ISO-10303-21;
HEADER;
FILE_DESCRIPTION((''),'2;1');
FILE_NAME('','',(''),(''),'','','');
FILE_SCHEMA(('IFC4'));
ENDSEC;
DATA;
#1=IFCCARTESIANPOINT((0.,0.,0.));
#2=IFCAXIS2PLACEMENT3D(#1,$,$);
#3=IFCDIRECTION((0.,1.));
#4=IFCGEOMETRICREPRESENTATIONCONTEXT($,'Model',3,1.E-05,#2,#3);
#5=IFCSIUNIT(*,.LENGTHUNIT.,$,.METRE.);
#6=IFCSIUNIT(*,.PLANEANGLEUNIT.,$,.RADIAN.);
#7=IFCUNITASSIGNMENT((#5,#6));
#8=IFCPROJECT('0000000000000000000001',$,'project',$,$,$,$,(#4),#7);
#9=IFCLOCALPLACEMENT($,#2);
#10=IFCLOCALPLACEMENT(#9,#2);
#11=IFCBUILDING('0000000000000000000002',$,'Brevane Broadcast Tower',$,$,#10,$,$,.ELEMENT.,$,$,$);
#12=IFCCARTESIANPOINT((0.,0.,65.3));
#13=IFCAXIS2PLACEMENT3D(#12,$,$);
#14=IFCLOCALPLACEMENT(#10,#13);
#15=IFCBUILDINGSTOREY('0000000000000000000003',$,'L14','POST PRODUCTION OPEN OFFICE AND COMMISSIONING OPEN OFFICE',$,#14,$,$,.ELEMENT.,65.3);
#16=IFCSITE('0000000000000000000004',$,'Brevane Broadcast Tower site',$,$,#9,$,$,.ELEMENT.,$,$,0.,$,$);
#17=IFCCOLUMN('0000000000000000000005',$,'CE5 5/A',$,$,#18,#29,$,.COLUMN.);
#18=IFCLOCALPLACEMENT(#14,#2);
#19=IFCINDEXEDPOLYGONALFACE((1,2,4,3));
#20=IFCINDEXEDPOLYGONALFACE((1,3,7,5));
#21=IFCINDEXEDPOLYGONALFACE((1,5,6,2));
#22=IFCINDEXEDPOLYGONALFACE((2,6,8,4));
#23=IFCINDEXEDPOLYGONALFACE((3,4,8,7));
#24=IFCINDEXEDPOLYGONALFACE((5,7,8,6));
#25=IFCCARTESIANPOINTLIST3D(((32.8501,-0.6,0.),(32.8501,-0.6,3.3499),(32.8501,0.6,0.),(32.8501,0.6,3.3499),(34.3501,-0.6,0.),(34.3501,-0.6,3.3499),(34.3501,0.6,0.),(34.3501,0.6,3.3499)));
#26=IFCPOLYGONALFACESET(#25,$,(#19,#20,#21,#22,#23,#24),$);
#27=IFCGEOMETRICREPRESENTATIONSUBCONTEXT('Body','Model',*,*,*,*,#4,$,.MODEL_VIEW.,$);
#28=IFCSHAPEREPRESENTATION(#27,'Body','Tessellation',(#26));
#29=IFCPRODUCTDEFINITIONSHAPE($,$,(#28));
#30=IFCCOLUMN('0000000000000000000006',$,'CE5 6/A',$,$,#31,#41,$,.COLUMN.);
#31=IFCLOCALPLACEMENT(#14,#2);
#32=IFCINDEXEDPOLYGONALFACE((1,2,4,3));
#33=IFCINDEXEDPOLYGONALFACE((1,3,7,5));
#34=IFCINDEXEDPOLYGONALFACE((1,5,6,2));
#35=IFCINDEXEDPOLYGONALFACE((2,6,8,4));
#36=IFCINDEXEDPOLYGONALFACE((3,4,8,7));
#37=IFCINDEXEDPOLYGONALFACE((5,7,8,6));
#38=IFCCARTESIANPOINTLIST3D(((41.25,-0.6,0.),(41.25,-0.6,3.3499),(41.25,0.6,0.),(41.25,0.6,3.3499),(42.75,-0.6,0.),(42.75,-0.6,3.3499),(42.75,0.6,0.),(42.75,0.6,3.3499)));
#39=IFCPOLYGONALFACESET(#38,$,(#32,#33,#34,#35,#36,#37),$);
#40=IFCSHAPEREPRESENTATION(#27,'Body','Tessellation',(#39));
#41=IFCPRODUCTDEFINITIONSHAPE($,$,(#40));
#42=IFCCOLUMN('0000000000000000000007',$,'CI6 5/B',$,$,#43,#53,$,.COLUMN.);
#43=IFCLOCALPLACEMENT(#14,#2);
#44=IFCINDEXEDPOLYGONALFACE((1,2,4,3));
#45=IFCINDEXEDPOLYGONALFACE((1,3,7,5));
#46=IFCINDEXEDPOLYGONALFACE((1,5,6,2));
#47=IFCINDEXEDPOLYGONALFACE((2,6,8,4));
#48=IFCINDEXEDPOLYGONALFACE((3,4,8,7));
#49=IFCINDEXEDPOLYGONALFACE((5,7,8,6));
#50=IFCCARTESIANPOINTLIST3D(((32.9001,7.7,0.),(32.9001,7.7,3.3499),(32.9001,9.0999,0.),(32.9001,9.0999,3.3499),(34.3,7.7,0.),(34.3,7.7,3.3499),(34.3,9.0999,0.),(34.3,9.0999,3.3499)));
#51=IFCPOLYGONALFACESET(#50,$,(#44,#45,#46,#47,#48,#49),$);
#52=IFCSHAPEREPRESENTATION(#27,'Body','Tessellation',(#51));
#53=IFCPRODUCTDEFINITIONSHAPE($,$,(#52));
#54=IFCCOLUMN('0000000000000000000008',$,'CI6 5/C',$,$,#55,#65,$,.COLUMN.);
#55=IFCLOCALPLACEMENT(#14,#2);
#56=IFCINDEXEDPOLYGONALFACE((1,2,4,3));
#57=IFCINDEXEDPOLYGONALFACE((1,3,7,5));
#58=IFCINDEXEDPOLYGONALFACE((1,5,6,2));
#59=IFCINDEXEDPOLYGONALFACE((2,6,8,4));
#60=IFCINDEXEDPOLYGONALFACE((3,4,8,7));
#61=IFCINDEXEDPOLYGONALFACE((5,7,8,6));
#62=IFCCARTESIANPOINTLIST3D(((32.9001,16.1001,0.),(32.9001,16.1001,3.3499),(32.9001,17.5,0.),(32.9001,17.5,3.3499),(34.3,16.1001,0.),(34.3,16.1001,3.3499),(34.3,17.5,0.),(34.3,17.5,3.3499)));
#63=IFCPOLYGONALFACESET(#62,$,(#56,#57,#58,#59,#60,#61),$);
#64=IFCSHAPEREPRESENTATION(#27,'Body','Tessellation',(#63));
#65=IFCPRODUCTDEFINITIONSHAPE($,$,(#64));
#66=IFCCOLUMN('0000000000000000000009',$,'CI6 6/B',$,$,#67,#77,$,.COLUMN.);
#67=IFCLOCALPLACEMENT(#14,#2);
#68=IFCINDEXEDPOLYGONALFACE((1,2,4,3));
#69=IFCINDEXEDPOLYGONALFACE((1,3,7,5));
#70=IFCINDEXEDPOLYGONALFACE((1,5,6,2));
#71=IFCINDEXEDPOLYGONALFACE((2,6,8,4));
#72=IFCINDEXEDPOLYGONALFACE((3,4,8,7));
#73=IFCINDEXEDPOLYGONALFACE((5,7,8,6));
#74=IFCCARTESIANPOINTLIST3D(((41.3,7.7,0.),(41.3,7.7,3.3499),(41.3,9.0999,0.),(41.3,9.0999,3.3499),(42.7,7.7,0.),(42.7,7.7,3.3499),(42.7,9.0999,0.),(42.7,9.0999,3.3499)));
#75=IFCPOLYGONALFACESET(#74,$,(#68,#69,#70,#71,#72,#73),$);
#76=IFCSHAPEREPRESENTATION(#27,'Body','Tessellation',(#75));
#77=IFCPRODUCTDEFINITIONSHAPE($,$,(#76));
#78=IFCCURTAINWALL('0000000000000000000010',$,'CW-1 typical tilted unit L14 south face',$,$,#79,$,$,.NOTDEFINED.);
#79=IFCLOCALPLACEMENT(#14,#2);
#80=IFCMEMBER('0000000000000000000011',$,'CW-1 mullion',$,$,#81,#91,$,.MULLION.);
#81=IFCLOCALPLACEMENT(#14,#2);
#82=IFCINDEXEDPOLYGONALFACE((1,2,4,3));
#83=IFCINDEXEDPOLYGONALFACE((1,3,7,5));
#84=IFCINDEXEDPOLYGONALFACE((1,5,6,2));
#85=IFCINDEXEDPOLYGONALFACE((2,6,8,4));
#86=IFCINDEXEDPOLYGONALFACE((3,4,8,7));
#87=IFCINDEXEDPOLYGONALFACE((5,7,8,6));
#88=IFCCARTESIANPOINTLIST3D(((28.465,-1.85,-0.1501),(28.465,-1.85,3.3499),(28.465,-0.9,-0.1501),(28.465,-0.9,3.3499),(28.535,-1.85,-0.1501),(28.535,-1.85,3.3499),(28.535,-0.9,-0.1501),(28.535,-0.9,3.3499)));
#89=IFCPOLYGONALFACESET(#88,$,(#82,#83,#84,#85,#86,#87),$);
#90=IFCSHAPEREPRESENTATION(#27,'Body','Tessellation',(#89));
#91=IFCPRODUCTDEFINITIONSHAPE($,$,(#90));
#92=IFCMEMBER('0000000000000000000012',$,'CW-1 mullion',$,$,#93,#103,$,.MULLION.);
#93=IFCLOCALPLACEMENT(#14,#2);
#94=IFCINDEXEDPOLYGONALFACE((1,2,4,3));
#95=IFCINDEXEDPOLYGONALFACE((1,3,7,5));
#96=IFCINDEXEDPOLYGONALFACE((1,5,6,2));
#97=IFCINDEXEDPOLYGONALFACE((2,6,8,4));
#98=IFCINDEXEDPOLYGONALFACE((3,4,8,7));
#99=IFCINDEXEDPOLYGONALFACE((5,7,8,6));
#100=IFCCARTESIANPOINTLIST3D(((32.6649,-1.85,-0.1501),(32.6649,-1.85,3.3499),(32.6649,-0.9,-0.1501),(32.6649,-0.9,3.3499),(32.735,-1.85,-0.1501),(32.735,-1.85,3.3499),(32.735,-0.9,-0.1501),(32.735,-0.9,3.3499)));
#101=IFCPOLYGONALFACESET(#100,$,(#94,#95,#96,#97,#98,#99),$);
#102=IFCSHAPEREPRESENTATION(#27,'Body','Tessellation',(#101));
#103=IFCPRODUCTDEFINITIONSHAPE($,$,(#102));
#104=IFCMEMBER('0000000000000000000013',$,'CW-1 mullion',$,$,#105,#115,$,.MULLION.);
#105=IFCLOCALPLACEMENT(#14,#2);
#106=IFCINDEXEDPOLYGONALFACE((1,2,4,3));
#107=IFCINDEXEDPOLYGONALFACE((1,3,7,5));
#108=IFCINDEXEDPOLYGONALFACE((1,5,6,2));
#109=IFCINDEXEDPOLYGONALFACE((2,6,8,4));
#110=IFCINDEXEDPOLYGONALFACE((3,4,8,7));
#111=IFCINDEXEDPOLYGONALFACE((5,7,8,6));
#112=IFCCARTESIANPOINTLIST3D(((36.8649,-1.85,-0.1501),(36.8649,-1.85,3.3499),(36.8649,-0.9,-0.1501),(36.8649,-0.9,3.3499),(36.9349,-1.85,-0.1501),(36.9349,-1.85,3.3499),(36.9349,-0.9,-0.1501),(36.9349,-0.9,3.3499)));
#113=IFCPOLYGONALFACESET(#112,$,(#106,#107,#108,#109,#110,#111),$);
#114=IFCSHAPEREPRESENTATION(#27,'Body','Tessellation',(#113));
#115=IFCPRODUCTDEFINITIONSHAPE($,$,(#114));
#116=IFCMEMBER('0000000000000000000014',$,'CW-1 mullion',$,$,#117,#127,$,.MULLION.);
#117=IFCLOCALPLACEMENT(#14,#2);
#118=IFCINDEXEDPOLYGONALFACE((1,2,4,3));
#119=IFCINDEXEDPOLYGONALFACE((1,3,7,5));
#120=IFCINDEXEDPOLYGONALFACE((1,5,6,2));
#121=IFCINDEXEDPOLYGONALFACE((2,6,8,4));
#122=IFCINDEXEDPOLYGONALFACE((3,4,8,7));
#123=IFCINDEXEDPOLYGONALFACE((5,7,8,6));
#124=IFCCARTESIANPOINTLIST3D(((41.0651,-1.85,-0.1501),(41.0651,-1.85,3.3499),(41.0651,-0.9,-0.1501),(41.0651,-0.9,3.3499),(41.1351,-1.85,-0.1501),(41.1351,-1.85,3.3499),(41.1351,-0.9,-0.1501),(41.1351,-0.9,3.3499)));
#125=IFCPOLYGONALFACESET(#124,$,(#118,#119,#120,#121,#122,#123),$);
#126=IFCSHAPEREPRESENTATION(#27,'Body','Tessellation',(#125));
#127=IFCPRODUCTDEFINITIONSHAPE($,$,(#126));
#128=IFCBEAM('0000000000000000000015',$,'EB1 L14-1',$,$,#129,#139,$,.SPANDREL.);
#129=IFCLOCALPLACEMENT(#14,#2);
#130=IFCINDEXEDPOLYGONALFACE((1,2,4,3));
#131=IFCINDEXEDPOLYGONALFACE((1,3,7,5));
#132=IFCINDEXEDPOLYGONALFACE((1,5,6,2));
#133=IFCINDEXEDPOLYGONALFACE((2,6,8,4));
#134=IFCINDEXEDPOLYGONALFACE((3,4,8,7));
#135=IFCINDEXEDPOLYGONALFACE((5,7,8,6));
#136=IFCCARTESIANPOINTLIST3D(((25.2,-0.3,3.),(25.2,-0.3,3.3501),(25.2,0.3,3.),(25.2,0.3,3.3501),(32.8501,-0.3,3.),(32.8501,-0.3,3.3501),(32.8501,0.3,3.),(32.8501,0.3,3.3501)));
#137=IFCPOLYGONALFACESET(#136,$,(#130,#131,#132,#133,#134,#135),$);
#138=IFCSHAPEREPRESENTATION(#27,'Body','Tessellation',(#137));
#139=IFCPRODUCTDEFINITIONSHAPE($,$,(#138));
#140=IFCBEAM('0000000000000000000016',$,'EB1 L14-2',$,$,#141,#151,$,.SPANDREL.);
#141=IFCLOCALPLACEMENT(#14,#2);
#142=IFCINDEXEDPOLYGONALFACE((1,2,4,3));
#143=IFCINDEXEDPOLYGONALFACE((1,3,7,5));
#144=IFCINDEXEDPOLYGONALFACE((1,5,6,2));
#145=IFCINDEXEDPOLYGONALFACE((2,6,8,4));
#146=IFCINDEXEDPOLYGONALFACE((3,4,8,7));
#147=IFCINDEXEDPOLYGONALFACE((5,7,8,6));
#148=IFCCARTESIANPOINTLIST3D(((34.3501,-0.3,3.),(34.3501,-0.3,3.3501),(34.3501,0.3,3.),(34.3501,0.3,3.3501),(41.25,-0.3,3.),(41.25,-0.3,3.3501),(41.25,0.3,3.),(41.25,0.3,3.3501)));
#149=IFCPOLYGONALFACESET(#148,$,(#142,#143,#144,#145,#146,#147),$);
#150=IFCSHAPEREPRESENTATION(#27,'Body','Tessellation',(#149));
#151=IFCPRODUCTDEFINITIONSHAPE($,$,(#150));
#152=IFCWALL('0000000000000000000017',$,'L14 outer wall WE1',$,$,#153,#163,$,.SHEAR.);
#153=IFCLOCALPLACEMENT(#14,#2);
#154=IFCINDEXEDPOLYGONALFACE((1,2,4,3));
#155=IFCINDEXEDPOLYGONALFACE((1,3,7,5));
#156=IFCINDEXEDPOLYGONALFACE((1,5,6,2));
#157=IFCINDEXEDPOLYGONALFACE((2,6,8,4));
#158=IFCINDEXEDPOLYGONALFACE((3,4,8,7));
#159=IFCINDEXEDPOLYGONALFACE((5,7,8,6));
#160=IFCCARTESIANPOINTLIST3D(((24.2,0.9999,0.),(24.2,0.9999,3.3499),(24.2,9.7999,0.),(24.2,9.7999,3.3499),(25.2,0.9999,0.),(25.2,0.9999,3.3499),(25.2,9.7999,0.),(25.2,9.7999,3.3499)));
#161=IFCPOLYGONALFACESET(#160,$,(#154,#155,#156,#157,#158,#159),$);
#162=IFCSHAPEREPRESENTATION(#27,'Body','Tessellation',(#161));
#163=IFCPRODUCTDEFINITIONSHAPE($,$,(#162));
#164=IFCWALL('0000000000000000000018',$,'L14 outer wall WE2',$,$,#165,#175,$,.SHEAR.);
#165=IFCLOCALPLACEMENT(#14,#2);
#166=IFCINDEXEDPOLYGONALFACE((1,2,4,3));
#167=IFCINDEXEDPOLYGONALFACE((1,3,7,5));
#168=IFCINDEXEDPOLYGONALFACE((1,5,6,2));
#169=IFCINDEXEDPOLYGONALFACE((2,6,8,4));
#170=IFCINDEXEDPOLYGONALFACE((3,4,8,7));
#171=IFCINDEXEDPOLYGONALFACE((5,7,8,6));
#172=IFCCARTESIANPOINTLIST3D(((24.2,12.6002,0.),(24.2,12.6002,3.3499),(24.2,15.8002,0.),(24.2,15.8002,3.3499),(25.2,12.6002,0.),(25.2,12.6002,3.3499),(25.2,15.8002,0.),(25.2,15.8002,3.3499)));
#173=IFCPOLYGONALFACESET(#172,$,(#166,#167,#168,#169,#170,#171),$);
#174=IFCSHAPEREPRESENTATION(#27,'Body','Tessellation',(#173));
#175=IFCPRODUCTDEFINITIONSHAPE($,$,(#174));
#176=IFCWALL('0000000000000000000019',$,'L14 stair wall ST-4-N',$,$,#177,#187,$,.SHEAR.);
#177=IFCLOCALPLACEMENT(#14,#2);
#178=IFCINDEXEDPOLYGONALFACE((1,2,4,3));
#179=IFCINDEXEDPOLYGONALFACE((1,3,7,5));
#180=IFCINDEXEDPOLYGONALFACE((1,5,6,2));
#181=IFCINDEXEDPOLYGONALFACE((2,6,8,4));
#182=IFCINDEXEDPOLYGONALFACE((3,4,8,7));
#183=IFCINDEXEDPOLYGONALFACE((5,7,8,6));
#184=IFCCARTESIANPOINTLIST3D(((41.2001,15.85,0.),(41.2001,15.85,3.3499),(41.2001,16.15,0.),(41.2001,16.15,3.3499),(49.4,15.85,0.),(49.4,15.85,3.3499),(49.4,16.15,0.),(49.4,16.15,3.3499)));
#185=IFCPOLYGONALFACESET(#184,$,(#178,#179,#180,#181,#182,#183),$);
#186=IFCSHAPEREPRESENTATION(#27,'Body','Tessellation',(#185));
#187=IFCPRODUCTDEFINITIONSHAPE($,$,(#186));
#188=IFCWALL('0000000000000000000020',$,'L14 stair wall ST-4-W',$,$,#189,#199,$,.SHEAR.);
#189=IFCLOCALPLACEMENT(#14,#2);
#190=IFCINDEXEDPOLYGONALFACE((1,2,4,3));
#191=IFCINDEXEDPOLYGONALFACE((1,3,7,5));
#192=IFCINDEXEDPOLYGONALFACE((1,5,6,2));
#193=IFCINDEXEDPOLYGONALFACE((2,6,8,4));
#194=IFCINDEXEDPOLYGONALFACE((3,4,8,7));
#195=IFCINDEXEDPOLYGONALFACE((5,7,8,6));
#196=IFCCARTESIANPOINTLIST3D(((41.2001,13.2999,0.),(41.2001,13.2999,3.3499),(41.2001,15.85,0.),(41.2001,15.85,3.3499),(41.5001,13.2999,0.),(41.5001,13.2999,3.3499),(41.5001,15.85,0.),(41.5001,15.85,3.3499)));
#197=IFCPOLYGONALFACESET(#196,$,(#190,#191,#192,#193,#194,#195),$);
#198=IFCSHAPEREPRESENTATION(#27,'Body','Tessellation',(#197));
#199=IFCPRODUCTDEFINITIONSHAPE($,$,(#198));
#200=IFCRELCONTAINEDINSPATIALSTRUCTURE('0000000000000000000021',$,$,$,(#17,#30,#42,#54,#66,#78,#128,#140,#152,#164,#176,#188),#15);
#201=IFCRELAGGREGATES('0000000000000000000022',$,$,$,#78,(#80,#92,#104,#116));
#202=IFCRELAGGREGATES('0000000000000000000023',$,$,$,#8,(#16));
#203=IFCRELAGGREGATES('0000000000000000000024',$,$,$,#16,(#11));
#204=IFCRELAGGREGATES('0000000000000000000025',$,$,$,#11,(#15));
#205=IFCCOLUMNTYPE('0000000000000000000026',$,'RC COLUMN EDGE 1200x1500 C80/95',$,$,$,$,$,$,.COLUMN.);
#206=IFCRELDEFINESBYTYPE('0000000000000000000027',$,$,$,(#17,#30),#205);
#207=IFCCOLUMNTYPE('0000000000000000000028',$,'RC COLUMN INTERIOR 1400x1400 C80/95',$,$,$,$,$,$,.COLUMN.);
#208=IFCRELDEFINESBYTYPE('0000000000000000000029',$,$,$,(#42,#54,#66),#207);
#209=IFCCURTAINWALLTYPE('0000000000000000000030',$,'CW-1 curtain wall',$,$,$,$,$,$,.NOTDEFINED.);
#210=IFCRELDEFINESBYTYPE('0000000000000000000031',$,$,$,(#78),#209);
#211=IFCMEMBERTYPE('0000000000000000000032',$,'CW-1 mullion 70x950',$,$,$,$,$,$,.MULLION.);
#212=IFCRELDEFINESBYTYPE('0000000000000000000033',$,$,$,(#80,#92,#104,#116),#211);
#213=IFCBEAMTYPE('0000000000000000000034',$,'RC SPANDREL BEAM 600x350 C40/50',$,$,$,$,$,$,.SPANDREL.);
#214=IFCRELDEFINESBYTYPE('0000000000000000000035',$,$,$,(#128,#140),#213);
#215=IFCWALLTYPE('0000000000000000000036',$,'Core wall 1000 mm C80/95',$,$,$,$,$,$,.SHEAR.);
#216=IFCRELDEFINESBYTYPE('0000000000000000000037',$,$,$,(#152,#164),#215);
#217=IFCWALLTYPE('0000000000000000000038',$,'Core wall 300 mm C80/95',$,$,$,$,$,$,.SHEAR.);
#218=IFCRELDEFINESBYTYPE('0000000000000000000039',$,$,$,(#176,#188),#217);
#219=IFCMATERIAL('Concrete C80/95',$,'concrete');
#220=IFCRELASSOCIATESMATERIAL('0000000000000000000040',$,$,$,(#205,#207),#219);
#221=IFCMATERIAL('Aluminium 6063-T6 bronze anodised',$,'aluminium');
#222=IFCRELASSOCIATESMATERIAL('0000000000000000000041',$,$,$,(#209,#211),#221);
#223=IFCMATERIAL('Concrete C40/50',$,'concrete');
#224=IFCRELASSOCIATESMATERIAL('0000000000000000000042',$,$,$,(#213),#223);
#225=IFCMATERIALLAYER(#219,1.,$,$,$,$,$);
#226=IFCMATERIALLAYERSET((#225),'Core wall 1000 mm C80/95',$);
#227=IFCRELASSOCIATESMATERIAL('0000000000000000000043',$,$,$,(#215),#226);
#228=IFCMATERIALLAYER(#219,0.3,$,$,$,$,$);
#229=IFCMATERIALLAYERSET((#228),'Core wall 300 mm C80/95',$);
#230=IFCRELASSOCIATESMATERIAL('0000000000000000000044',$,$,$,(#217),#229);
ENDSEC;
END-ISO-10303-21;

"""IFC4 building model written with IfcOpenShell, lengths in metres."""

from ifc_helpers import new_model, si_unit, direction, frame, frame_2d, origin, origin_2d, place, context, subcontext, project, spatial, rectangle, extrude, material, layer, layer_set, material_profile, profile_set, type_object, element, aggregate, save


model = new_model("IFC4")

# Units and contexts
model_context = context("Model", 3, precision=1e-05, world=origin(), true_north=direction((0.0, 1.0)))
body_context = subcontext(model_context, "Body", "Model", "MODEL_VIEW")
ifc_project = project(units=[si_unit("LENGTHUNIT", "METRE"), si_unit("PLANEANGLEUNIT", "RADIAN")], contexts=[model_context])

# Site, building, storey
site_placement = place(None, origin())
site = spatial("IfcSite", under=ifc_project, at=site_placement, Name="Brevane Broadcast Tower site", CompositionType="ELEMENT", RefElevation=0.0)
building_placement = place(site_placement, origin())
building = spatial("IfcBuilding", under=site, at=building_placement, Name="Brevane Broadcast Tower", CompositionType="ELEMENT")
storey_placement = place(building_placement, frame((0.0, 0.0, 65.3)))
storey = spatial("IfcBuildingStorey", under=building, at=storey_placement, Name="L14", Description="POST PRODUCTION OPEN OFFICE AND COMMISSIONING OPEN OFFICE", CompositionType="ELEMENT", Elevation=65.3)

# Columns
ifc_material_1 = material(Name="Concrete C80/95", Category="concrete")
ifc_material_profile_1 = material_profile(ifc_material_1, rectangle(XDim=1.2, YDim=1.5, at=origin_2d()), Name="RC 1200x1500")
ifc_profile_set_1 = profile_set([ifc_material_profile_1], Name="Concrete C80/95")
column_type_1 = type_object("IfcColumnType", Name="RC COLUMN EDGE 1200x1500 C80/95", PredefinedType="COLUMN", material=ifc_profile_set_1)
for number, where, z_axis, x_axis, name in (
    (1, (33.6001, 0.0, 0.0), (0.0, 0.0, 1.0), (0.0, 1.0, 0.0), "CE5 5/A"),
    (2, (42.0, 0.0, 0.0), (0.0, 0.0, 1.0), (0.0, 1.0, 0.0), "CE5 6/A"),
):
    element("IfcColumn", number, at=place(storey_placement, frame(where, z_axis=z_axis, x_axis=x_axis)), inside=storey, type_object=column_type_1, Name=name, PredefinedType="COLUMN", context=body_context, shape_type="SweptSolid", body=[
        extrude(rectangle(XDim=1.2, YDim=1.5, at=origin_2d()), origin(), (0.0, 0.0, 1.0), 3.3499),
    ])
ifc_material_profile_2 = material_profile(ifc_material_1, rectangle(XDim=1.3999, YDim=1.3999, at=origin_2d()), Name="RC 1400x1400")
ifc_profile_set_2 = profile_set([ifc_material_profile_2], Name="Concrete C80/95")
column_type_2 = type_object("IfcColumnType", Name="RC COLUMN INTERIOR 1400x1400 C80/95", PredefinedType="COLUMN", material=ifc_profile_set_2)
for number, where, z_axis, x_axis, name in (
    (3, (33.6001, 8.3999, 0.0), (0.0, 0.0, 1.0), (1.0, 0.0, 0.0), "CI6 5/B"),
    (4, (33.6001, 16.8, 0.0), (0.0, 0.0, 1.0), (1.0, 0.0, 0.0), "CI6 5/C"),
    (5, (42.0, 8.3999, 0.0), (0.0, 0.0, 1.0), (1.0, 0.0, 0.0), "CI6 6/B"),
):
    element("IfcColumn", number, at=place(storey_placement, frame(where, z_axis=z_axis, x_axis=x_axis)), inside=storey, type_object=column_type_2, Name=name, PredefinedType="COLUMN", context=body_context, shape_type="SweptSolid", body=[
        extrude(rectangle(XDim=1.3999, YDim=1.3999, at=origin_2d()), origin(), (0.0, 0.0, 1.0), 3.3499),
    ])

# Curtain wall, members
ifc_material_2 = material(Name="Aluminium 6063-T6 bronze anodised", Category="aluminium")
curtain_wall_type = type_object("IfcCurtainWallType", Name="CW-1 curtain wall", PredefinedType="NOTDEFINED", material=ifc_material_2)
curtain_wall_placement = place(storey_placement, origin())
curtain_wall = element("IfcCurtainWall", 6, at=curtain_wall_placement, inside=storey, type_object=curtain_wall_type, Name="CW-1 typical tilted unit L14 south face", PredefinedType="NOTDEFINED")
ifc_material_profile_3 = material_profile(ifc_material_2, rectangle(XDim=0.95, YDim=0.0701, at=origin_2d()), Name="RECT 70x950")
ifc_profile_set_3 = profile_set([ifc_material_profile_3], Name="Aluminium 6063-T6 bronze anodised")
member_type = type_object("IfcMemberType", Name="CW-1 mullion 70x950", PredefinedType="MULLION", material=ifc_profile_set_3)
member_1_placement = place(storey_placement, frame((28.5, -1.375, -0.1501), z_axis=(0.0, 0.0, 1.0), x_axis=(0.0, 1.0, 0.0)))
member_1 = element("IfcMember", 7, at=member_1_placement, type_object=member_type, Name="CW-1 mullion", PredefinedType="MULLION", context=body_context, shape_type="SweptSolid", body=[
    extrude(rectangle(XDim=0.95, YDim=0.0701, at=origin_2d()), origin(), (0.0, 0.0, 1.0), 3.5),
])
member_2_placement = place(storey_placement, frame((32.7, -1.375, -0.1501), z_axis=(0.0, 0.0, 1.0), x_axis=(0.0, 1.0, 0.0)))
member_2 = element("IfcMember", 8, at=member_2_placement, type_object=member_type, Name="CW-1 mullion", PredefinedType="MULLION", context=body_context, shape_type="SweptSolid", body=[
    extrude(rectangle(XDim=0.95, YDim=0.0701, at=origin_2d()), origin(), (0.0, 0.0, 1.0), 3.5),
])
member_3_placement = place(storey_placement, frame((36.8999, -1.375, -0.1501), z_axis=(0.0, 0.0, 1.0), x_axis=(0.0, 1.0, 0.0)))
member_3 = element("IfcMember", 9, at=member_3_placement, type_object=member_type, Name="CW-1 mullion", PredefinedType="MULLION", context=body_context, shape_type="SweptSolid", body=[
    extrude(rectangle(XDim=0.95, YDim=0.0701, at=origin_2d()), origin(), (0.0, 0.0, 1.0), 3.5),
])
member_4_placement = place(storey_placement, frame((41.1001, -1.375, -0.1501), z_axis=(0.0, 0.0, 1.0), x_axis=(0.0, 1.0, 0.0)))
member_4 = element("IfcMember", 10, at=member_4_placement, type_object=member_type, Name="CW-1 mullion", PredefinedType="MULLION", context=body_context, shape_type="SweptSolid", body=[
    extrude(rectangle(XDim=0.95, YDim=0.0701, at=origin_2d()), origin(), (0.0, 0.0, 1.0), 3.5),
])
aggregate(curtain_wall, [member_1, member_2, member_3, member_4])

# Beams
ifc_material_3 = material(Name="Concrete C40/50", Category="concrete")
ifc_material_profile_4 = material_profile(ifc_material_3, rectangle(XDim=0.6001, YDim=0.3501, at=origin_2d()), Name="RC 600x350")
ifc_profile_set_4 = profile_set([ifc_material_profile_4], Name="Concrete C40/50")
beam_type = type_object("IfcBeamType", Name="RC SPANDREL BEAM 600x350 C40/50", PredefinedType="SPANDREL", material=ifc_profile_set_4)
beam_1_placement = place(storey_placement, frame((25.2, 0.0, 3.175), z_axis=(1.0, 0.0, 0.0), x_axis=(0.0, 1.0, 0.0)))
element("IfcBeam", 11, at=beam_1_placement, inside=storey, type_object=beam_type, Name="EB1 L14-1", PredefinedType="SPANDREL", context=body_context, shape_type="SweptSolid", body=[
    extrude(rectangle(XDim=0.6001, YDim=0.3501, at=origin_2d()), origin(), (0.0, 0.0, 1.0), 7.6501),
])
beam_2_placement = place(storey_placement, frame((34.3501, 0.0, 3.175), z_axis=(1.0, 0.0, 0.0), x_axis=(0.0, 1.0, 0.0)))
element("IfcBeam", 12, at=beam_2_placement, inside=storey, type_object=beam_type, Name="EB1 L14-2", PredefinedType="SPANDREL", context=body_context, shape_type="SweptSolid", body=[
    extrude(rectangle(XDim=0.6001, YDim=0.3501, at=origin_2d()), origin(), (0.0, 0.0, 1.0), 6.8999),
])

# Walls
ifc_layer_1 = layer(ifc_material_1, 1.0)
ifc_layer_set_1 = layer_set([ifc_layer_1], Name="Core wall 1000 mm C80/95")
wall_type_1 = type_object("IfcWallType", Name="Core wall 1000 mm C80/95", PredefinedType="SHEAR", material=ifc_layer_set_1)
wall_1_placement = place(storey_placement, frame((24.7, 1.0, 0.0), z_axis=(0.0, 0.0, 1.0), x_axis=(0.0, 1.0, 0.0)))
element("IfcWall", 13, at=wall_1_placement, inside=storey, type_object=wall_type_1, Name="L14 outer wall WE1", PredefinedType="SHEAR", context=body_context, shape_type="SweptSolid", body=[
    extrude(rectangle(XDim=8.8, YDim=1.0, at=frame_2d((4.3999, 0.0))), origin(), (0.0, 0.0, 1.0), 3.3499),
])
wall_2_placement = place(storey_placement, frame((24.7, 12.6001, 0.0), z_axis=(0.0, 0.0, 1.0), x_axis=(0.0, 1.0, 0.0)))
element("IfcWall", 14, at=wall_2_placement, inside=storey, type_object=wall_type_1, Name="L14 outer wall WE2", PredefinedType="SHEAR", context=body_context, shape_type="SweptSolid", body=[
    extrude(rectangle(XDim=3.2, YDim=1.0, at=frame_2d((1.6001, 0.0))), origin(), (0.0, 0.0, 1.0), 3.3499),
])
ifc_layer_2 = layer(ifc_material_1, 0.3)
ifc_layer_set_2 = layer_set([ifc_layer_2], Name="Core wall 300 mm C80/95")
wall_type_2 = type_object("IfcWallType", Name="Core wall 300 mm C80/95", PredefinedType="SHEAR", material=ifc_layer_set_2)
wall_3_placement = place(storey_placement, frame((41.2, 16.0, 0.0), z_axis=(0.0, 0.0, 1.0), x_axis=(1.0, 0.0, 0.0)))
element("IfcWall", 15, at=wall_3_placement, inside=storey, type_object=wall_type_2, Name="L14 stair wall ST-4-N", PredefinedType="SHEAR", context=body_context, shape_type="SweptSolid", body=[
    extrude(rectangle(XDim=8.2, YDim=0.3, at=frame_2d((4.1001, 0.0))), origin(), (0.0, 0.0, 1.0), 3.3499),
])
wall_4_placement = place(storey_placement, frame((41.3501, 13.3, 0.0), z_axis=(0.0, 0.0, 1.0), x_axis=(0.0, 1.0, 0.0)))
element("IfcWall", 16, at=wall_4_placement, inside=storey, type_object=wall_type_2, Name="L14 stair wall ST-4-W", PredefinedType="SHEAR", context=body_context, shape_type="SweptSolid", body=[
    extrude(rectangle(XDim=2.55, YDim=0.3, at=frame_2d((1.2749, 0.0))), origin(), (0.0, 0.0, 1.0), 3.3499),
])

save(model, "model.ifc")
